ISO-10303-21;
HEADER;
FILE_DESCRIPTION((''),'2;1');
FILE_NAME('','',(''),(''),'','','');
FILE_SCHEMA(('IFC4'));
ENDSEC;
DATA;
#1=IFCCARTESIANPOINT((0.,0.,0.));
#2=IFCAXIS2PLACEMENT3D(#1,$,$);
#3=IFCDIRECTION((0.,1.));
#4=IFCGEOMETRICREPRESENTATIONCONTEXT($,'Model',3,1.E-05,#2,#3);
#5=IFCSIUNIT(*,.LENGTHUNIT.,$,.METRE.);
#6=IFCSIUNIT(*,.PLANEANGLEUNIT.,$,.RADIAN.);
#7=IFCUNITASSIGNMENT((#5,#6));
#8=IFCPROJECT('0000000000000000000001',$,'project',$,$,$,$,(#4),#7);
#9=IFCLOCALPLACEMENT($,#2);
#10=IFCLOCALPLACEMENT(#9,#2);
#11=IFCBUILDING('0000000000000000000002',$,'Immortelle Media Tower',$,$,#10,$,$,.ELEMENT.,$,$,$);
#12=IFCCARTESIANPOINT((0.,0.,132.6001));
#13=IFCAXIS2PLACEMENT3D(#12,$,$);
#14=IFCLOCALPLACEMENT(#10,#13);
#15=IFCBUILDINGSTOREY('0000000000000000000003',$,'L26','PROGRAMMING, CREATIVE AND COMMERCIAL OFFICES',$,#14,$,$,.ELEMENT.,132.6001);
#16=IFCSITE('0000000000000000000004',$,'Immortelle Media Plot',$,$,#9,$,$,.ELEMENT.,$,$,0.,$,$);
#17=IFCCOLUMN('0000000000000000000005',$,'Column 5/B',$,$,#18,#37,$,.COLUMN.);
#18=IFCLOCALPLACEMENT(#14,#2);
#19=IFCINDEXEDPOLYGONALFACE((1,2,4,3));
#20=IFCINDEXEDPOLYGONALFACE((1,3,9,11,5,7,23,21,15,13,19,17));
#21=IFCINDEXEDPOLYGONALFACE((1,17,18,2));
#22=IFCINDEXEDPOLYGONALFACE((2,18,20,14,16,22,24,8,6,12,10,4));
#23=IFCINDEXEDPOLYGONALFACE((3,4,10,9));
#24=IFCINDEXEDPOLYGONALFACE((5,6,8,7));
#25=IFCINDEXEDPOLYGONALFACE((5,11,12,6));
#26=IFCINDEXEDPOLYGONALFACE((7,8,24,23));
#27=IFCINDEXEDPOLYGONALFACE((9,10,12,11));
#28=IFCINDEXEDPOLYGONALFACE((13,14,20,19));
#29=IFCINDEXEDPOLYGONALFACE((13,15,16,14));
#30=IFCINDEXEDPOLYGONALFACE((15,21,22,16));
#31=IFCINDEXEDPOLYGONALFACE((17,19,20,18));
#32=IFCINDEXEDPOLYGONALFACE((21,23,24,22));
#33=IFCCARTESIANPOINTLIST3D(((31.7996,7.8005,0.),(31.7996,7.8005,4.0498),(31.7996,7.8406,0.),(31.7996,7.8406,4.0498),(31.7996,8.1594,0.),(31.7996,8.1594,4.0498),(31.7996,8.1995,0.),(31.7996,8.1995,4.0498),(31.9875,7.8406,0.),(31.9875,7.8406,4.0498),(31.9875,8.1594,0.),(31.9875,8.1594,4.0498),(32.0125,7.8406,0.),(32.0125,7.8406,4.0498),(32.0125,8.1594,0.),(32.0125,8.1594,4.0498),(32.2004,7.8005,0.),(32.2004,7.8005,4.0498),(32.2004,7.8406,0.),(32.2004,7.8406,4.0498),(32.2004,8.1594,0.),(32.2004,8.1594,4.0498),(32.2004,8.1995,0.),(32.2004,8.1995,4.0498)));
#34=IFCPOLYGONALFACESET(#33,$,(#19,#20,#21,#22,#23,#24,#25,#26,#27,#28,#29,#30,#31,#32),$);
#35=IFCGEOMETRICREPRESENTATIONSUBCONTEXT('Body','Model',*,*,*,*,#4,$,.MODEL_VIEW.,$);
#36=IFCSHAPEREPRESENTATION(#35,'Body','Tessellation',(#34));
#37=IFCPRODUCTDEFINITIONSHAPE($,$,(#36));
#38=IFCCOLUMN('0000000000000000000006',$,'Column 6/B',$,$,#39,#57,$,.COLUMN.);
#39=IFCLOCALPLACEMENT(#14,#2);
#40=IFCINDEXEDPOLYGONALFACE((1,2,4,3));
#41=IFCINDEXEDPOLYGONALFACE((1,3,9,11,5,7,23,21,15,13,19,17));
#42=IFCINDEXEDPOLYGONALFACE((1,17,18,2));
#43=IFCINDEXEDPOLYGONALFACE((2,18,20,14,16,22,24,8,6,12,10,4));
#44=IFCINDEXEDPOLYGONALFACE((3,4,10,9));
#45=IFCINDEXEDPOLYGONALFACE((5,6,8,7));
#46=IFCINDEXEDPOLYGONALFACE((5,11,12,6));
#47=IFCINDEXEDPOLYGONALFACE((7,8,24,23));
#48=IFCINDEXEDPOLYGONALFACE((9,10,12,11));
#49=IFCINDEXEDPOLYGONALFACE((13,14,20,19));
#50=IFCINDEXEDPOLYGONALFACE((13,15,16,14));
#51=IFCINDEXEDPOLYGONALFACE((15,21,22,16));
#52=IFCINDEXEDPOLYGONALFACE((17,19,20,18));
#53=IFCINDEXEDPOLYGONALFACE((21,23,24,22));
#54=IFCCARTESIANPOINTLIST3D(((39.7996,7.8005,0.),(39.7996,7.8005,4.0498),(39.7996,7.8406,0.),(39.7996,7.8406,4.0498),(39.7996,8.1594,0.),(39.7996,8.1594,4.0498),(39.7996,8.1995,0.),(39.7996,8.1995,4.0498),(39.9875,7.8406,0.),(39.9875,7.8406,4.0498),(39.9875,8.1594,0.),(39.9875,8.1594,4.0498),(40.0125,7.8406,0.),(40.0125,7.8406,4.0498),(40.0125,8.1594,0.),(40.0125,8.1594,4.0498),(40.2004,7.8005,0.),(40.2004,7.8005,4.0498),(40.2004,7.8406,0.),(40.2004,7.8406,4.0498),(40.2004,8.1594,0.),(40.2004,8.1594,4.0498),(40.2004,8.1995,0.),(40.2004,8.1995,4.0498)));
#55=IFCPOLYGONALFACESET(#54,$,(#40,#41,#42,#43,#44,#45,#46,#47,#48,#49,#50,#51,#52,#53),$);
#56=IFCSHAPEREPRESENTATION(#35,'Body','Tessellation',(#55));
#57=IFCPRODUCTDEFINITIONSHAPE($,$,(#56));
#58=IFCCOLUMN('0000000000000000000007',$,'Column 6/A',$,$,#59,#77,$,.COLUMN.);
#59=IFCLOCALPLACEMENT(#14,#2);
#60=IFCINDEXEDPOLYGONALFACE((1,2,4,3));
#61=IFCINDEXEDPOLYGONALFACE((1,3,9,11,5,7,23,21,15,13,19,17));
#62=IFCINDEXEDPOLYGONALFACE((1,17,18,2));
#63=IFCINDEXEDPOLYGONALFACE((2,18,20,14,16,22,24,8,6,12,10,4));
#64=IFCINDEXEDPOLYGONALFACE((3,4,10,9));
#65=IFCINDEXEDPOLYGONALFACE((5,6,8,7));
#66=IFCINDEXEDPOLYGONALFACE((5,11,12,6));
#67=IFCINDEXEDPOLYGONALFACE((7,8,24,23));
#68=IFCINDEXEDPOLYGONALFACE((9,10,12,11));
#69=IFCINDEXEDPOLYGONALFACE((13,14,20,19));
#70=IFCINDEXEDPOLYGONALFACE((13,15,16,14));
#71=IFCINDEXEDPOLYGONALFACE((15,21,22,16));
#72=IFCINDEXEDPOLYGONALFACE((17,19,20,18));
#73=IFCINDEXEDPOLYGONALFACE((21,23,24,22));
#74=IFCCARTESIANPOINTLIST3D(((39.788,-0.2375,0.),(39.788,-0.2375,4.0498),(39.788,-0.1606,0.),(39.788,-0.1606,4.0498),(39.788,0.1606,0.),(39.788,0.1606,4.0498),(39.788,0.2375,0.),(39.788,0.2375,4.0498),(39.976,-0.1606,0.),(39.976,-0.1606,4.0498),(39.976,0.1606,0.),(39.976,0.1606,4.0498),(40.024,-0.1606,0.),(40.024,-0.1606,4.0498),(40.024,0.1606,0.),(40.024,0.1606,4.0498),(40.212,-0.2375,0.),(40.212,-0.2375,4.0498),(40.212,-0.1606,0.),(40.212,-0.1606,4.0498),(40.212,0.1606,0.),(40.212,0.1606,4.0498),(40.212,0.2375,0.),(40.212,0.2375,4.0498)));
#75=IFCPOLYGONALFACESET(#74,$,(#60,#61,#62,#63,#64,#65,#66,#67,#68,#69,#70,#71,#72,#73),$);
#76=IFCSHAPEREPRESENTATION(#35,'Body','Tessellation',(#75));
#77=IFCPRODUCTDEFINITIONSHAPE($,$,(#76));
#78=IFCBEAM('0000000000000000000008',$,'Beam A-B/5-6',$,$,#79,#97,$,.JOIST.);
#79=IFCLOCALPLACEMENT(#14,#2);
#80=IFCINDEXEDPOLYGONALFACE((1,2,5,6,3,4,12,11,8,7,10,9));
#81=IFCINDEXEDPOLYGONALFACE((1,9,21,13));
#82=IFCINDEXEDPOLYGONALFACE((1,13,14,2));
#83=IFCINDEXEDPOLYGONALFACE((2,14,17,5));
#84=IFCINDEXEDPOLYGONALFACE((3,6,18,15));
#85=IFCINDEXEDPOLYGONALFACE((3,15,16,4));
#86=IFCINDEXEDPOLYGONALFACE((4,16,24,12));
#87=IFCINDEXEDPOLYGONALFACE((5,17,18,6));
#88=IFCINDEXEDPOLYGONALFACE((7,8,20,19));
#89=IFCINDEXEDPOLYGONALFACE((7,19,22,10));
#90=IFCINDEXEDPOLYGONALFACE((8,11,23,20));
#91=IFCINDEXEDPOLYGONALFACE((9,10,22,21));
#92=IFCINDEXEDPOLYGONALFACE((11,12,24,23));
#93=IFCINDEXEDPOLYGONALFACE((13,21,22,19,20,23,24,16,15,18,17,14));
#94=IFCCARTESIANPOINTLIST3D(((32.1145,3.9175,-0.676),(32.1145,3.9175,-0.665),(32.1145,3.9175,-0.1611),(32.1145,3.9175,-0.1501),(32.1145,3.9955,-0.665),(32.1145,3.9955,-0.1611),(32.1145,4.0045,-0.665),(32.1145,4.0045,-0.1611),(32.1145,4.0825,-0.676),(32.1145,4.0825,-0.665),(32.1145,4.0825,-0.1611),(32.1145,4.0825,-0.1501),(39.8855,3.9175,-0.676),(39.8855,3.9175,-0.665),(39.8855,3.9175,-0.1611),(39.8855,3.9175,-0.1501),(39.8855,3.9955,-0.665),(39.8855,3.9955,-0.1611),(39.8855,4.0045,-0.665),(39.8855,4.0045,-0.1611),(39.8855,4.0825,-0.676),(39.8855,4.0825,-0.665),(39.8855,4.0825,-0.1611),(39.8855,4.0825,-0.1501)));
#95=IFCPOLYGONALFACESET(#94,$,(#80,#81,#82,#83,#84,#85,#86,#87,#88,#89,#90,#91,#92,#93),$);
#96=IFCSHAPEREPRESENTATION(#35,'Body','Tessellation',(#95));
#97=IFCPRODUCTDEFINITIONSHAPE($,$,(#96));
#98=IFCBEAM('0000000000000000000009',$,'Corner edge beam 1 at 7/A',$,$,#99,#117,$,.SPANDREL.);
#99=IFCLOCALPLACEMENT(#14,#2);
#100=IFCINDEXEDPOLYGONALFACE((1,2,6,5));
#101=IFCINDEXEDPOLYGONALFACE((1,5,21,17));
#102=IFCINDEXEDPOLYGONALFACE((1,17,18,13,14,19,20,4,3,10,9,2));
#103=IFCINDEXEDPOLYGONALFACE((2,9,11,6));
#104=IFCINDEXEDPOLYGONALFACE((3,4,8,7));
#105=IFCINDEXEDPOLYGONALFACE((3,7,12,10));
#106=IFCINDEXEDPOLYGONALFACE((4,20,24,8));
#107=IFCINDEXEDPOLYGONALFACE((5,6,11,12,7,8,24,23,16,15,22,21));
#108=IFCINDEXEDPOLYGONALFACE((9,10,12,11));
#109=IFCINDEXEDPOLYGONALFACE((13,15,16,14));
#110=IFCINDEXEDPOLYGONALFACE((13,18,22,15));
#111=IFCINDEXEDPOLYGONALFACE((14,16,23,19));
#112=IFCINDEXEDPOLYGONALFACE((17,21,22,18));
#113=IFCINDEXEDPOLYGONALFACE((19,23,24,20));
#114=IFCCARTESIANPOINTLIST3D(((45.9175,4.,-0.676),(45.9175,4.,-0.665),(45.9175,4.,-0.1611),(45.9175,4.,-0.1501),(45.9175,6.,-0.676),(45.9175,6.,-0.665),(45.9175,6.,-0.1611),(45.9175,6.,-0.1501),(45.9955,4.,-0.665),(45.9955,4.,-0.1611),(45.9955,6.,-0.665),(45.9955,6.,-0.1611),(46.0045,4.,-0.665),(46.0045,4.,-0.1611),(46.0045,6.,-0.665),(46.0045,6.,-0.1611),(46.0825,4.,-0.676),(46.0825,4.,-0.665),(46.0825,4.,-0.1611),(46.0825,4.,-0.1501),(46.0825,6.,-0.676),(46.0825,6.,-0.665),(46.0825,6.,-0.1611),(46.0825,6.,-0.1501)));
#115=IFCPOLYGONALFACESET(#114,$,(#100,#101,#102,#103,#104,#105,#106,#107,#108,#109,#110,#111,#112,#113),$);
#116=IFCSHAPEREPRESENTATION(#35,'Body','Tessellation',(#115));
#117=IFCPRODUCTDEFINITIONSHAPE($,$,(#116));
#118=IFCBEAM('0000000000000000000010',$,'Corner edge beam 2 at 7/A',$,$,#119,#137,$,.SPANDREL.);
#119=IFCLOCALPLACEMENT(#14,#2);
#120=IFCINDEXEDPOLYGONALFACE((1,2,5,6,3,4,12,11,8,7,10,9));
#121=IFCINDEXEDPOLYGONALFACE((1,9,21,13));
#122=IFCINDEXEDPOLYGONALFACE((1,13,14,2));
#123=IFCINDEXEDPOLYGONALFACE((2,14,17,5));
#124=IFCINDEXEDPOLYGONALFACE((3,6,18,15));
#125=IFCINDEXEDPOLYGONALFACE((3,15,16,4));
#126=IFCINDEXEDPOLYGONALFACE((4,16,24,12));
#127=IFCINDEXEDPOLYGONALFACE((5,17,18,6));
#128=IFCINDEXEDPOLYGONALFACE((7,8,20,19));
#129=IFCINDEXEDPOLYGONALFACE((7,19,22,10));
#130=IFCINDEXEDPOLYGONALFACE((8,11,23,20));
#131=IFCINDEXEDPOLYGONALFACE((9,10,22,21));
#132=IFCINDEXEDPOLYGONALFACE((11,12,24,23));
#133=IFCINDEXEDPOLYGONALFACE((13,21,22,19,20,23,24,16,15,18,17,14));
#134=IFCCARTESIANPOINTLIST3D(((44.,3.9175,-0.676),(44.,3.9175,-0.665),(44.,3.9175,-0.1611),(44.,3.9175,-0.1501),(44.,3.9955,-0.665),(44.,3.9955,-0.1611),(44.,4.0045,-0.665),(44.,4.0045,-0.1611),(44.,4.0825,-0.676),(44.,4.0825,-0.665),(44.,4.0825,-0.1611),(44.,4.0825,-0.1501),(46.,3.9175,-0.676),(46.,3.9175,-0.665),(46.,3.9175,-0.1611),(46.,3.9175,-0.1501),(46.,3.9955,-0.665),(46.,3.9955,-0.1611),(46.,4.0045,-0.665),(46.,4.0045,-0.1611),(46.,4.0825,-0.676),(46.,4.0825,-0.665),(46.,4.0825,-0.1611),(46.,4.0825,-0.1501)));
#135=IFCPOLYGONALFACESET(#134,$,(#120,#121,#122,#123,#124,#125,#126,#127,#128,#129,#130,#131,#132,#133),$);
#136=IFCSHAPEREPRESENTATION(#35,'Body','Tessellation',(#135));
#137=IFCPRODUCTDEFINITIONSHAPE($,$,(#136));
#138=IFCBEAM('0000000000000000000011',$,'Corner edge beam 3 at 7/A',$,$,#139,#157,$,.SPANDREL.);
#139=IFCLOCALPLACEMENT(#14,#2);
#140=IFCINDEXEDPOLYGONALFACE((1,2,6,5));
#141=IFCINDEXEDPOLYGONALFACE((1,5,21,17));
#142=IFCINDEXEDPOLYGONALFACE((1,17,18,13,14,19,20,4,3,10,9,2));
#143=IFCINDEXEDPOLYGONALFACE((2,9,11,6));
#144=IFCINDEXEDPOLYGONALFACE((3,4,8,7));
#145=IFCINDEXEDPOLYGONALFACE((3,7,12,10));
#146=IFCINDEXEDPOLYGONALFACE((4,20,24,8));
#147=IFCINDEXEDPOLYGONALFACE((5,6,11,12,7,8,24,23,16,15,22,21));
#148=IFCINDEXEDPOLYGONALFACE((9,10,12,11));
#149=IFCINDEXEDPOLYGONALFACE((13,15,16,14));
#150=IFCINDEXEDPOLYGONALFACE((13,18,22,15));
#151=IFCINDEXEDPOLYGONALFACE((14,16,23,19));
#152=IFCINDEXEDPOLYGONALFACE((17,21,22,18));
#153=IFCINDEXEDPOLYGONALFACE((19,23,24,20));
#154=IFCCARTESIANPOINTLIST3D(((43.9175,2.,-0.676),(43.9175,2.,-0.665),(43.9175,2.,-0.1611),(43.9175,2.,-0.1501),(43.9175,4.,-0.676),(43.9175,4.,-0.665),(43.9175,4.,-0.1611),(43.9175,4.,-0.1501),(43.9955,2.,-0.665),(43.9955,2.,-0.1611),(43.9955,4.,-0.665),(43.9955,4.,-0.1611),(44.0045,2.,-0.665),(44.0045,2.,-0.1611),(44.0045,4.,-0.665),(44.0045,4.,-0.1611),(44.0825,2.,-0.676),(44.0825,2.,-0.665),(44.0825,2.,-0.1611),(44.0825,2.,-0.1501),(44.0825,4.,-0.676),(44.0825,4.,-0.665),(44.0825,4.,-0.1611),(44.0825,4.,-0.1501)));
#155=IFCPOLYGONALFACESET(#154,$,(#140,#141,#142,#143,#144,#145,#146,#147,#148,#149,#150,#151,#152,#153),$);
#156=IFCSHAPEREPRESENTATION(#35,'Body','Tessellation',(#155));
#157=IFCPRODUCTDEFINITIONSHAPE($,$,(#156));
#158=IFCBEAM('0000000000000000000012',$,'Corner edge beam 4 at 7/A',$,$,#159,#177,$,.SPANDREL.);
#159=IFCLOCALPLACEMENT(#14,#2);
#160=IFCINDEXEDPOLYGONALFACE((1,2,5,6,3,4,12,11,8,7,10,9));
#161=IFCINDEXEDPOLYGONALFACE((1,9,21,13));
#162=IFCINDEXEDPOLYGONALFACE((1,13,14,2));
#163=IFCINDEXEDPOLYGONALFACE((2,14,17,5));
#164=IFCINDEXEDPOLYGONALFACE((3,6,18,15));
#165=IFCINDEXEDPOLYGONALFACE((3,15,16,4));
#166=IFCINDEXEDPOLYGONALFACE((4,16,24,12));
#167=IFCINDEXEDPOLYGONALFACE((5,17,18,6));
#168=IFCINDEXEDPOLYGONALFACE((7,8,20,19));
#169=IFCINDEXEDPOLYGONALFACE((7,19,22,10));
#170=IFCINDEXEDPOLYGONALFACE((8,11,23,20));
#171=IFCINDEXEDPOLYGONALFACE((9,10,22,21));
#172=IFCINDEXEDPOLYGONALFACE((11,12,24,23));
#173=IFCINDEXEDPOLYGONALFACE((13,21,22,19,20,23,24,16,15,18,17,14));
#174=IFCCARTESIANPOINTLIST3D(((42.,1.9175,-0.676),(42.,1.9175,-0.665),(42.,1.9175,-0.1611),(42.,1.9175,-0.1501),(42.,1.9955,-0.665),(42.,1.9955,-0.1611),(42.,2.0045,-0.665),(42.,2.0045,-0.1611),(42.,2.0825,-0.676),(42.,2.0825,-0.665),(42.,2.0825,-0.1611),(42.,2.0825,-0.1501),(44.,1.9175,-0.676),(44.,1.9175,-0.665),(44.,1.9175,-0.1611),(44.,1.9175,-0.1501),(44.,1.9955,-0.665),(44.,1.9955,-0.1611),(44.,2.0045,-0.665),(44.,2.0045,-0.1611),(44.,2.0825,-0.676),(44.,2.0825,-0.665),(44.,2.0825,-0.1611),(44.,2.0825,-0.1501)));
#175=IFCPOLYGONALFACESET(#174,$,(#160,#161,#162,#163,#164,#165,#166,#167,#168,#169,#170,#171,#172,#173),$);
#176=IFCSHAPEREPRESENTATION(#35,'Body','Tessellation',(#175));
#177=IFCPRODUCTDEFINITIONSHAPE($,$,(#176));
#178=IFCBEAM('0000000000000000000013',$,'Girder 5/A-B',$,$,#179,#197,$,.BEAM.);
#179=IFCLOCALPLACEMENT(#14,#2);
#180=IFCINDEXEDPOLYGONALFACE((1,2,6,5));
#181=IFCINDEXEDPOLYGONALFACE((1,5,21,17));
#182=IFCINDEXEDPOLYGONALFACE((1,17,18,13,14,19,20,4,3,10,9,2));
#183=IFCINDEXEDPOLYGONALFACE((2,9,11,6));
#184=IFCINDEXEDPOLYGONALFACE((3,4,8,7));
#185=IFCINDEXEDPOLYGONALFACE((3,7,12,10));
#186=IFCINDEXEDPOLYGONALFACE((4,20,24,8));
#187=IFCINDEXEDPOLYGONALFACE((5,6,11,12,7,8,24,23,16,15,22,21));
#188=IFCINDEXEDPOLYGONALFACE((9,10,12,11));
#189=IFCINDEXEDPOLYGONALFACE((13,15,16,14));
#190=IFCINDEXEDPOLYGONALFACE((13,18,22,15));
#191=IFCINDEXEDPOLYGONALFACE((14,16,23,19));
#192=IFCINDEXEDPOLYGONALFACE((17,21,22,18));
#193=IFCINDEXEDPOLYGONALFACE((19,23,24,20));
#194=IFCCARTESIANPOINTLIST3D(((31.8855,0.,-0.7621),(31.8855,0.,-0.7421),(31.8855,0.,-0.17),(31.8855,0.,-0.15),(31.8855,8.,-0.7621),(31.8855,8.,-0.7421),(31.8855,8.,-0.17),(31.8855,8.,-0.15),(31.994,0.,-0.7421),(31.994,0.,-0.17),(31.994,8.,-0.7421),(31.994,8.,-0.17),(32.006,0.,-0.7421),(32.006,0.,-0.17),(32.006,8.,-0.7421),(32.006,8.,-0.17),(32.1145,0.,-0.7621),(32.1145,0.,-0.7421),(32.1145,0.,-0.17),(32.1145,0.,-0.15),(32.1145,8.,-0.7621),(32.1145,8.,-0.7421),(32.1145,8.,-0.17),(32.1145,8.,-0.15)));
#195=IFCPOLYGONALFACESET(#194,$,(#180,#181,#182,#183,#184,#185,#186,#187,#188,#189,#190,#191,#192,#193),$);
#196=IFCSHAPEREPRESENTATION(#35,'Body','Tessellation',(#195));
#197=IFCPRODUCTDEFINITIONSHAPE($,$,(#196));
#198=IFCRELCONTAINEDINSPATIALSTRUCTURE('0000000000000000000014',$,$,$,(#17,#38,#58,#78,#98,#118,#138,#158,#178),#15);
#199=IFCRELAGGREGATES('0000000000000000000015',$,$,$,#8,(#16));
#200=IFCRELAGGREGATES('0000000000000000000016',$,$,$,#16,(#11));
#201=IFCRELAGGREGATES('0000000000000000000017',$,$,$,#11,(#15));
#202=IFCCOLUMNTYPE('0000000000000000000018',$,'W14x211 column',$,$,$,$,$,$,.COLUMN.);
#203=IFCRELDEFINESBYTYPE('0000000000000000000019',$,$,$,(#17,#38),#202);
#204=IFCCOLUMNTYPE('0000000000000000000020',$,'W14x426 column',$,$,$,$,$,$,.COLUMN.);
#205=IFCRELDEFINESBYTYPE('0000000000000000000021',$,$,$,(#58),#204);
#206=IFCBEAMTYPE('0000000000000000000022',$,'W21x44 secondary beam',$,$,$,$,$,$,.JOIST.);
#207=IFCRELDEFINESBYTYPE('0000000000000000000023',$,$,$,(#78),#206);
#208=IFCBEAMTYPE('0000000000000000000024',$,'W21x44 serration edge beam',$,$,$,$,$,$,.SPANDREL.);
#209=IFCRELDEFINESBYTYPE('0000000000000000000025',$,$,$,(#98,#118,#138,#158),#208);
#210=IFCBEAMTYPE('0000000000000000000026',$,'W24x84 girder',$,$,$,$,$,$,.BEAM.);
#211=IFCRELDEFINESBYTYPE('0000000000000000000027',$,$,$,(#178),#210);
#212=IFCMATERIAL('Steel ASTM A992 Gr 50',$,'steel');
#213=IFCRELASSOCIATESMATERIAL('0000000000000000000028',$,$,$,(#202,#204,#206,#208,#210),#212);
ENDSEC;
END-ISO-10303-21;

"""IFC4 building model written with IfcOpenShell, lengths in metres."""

from ifc_helpers import new_model, si_unit, direction, frame, origin, origin_2d, place, context, subcontext, project, spatial, i_section, extrude, material, material_profile, profile_set, type_object, element, save


model = new_model("IFC4")

# Units and contexts
model_context = context("Model", 3, precision=1e-05, world=origin(), true_north=direction((0.0, 1.0)))
body_context = subcontext(model_context, "Body", "Model", "MODEL_VIEW")
ifc_project = project(units=[si_unit("LENGTHUNIT", "METRE"), si_unit("PLANEANGLEUNIT", "RADIAN")], contexts=[model_context])

# Site, building, storey
site_placement = place(None, origin())
site = spatial("IfcSite", under=ifc_project, at=site_placement, Name="Immortelle Media Plot", CompositionType="ELEMENT", RefElevation=0.0)
building_placement = place(site_placement, origin())
building = spatial("IfcBuilding", under=site, at=building_placement, Name="Immortelle Media Tower", CompositionType="ELEMENT")
storey_placement = place(building_placement, frame((0.0, 0.0, 132.6001)))
storey = spatial("IfcBuildingStorey", under=building, at=storey_placement, Name="L26", Description="PROGRAMMING, CREATIVE AND COMMERCIAL OFFICES", CompositionType="ELEMENT", Elevation=132.6001)

# Columns
ifc_material_1 = material(Name="Steel ASTM A992 Gr 50", Category="steel")
ifc_material_profile_1 = material_profile(ifc_material_1, i_section(OverallWidth=0.4009, OverallDepth=0.3989, WebThickness=0.0249, FlangeThickness=0.04, at=origin_2d()), Name="W14x211")
ifc_profile_set_1 = profile_set([ifc_material_profile_1], Name="Steel ASTM A992 Gr 50")
column_type_1 = type_object("IfcColumnType", Name="W14x211 column", PredefinedType="COLUMN", material=ifc_profile_set_1)
for number, where, z_axis, x_axis, name in (
    (1, (32.0, 8.0, 0.0), (0.0, 0.0, 1.0), (1.0, 0.0, 0.0), "Column 5/B"),
    (2, (40.0, 8.0, 0.0), (0.0, 0.0, 1.0), (1.0, 0.0, 0.0), "Column 6/B"),
):
    element("IfcColumn", number, at=place(storey_placement, frame(where, z_axis=z_axis, x_axis=x_axis)), inside=storey, type_object=column_type_1, Name=name, PredefinedType="COLUMN", context=body_context, shape_type="SweptSolid", body=[
        extrude(i_section(OverallWidth=0.4009, OverallDepth=0.3989, WebThickness=0.0249, FlangeThickness=0.04, at=origin_2d()), origin(), (0.0, 0.0, 1.0), 4.0498),
    ])
ifc_material_profile_2 = material_profile(ifc_material_1, i_section(OverallWidth=0.4241, OverallDepth=0.4751, WebThickness=0.0481, FlangeThickness=0.0769, at=origin_2d()), Name="W14x426")
ifc_profile_set_2 = profile_set([ifc_material_profile_2], Name="Steel ASTM A992 Gr 50")
column_type_2 = type_object("IfcColumnType", Name="W14x426 column", PredefinedType="COLUMN", material=ifc_profile_set_2)
column_placement = place(storey_placement, frame((40.0, 0.0, 0.0), z_axis=(0.0, 0.0, 1.0), x_axis=(1.0, 0.0, 0.0)))
element("IfcColumn", 3, at=column_placement, inside=storey, type_object=column_type_2, Name="Column 6/A", PredefinedType="COLUMN", context=body_context, shape_type="SweptSolid", body=[
    extrude(i_section(OverallWidth=0.4241, OverallDepth=0.4751, WebThickness=0.0481, FlangeThickness=0.0769, at=origin_2d()), origin(), (0.0, 0.0, 1.0), 4.0498),
])

# Beams
ifc_material_profile_3 = material_profile(ifc_material_1, i_section(OverallWidth=0.165, OverallDepth=0.5259, WebThickness=0.009, FlangeThickness=0.011, at=origin_2d()), Name="W21x44")
ifc_profile_set_3 = profile_set([ifc_material_profile_3], Name="Steel ASTM A992 Gr 50")
beam_type_1 = type_object("IfcBeamType", Name="W21x44 secondary beam", PredefinedType="JOIST", material=ifc_profile_set_3)
beam_placement = place(storey_placement, frame((32.1145, 4.0, -0.4131), z_axis=(1.0, 0.0, 0.0), x_axis=(0.0, 1.0, 0.0)))
element("IfcBeam", 4, at=beam_placement, inside=storey, type_object=beam_type_1, Name="Beam A-B/5-6", PredefinedType="JOIST", context=body_context, shape_type="SweptSolid", body=[
    extrude(i_section(OverallWidth=0.165, OverallDepth=0.5259, WebThickness=0.009, FlangeThickness=0.011, at=origin_2d()), origin(), (0.0, 0.0, 1.0), 7.771),
])
ifc_material_profile_4 = material_profile(ifc_material_1, i_section(OverallWidth=0.165, OverallDepth=0.5259, WebThickness=0.009, FlangeThickness=0.011, at=origin_2d()), Name="W21x44")
ifc_profile_set_4 = profile_set([ifc_material_profile_4], Name="Steel ASTM A992 Gr 50")
beam_type_2 = type_object("IfcBeamType", Name="W21x44 serration edge beam", PredefinedType="SPANDREL", material=ifc_profile_set_4)
for number, where, z_axis, x_axis, name in (
    (5, (46.0, 6.0, -0.4131), (0.0, -1.0, 0.0), (1.0, 0.0, 0.0), "Corner edge beam 1 at 7/A"),
    (6, (46.0, 4.0, -0.4131), (-1.0, 0.0, 0.0), (0.0, -1.0, 0.0), "Corner edge beam 2 at 7/A"),
    (7, (44.0, 4.0, -0.4131), (0.0, -1.0, 0.0), (1.0, 0.0, 0.0), "Corner edge beam 3 at 7/A"),
    (8, (44.0, 2.0, -0.4131), (-1.0, 0.0, 0.0), (0.0, -1.0, 0.0), "Corner edge beam 4 at 7/A"),
):
    element("IfcBeam", number, at=place(storey_placement, frame(where, z_axis=z_axis, x_axis=x_axis)), inside=storey, type_object=beam_type_2, Name=name, PredefinedType="SPANDREL", context=body_context, shape_type="SweptSolid", body=[
        extrude(i_section(OverallWidth=0.165, OverallDepth=0.5259, WebThickness=0.009, FlangeThickness=0.011, at=origin_2d()), origin(), (0.0, 0.0, 1.0), 2.0),
    ])
ifc_material_profile_5 = material_profile(ifc_material_1, i_section(OverallWidth=0.229, OverallDepth=0.6121, WebThickness=0.012, FlangeThickness=0.02, at=origin_2d()), Name="W24x84")
ifc_profile_set_5 = profile_set([ifc_material_profile_5], Name="Steel ASTM A992 Gr 50")
beam_type_3 = type_object("IfcBeamType", Name="W24x84 girder", PredefinedType="BEAM", material=ifc_profile_set_5)
for number, where, z_axis, x_axis, name in (
    (9, (32.0, 0.0, -0.4561), (0.0, 1.0, 0.0), (-1.0, 0.0, 0.0), "Girder 5/A-B"),
):
    element("IfcBeam", number, at=place(storey_placement, frame(where, z_axis=z_axis, x_axis=x_axis)), inside=storey, type_object=beam_type_3, Name=name, PredefinedType="BEAM", context=body_context, shape_type="SweptSolid", body=[
        extrude(i_section(OverallWidth=0.229, OverallDepth=0.6121, WebThickness=0.012, FlangeThickness=0.02, at=origin_2d()), origin(), (0.0, 0.0, 1.0), 8.0),
    ])

save(model, "model.ifc")
